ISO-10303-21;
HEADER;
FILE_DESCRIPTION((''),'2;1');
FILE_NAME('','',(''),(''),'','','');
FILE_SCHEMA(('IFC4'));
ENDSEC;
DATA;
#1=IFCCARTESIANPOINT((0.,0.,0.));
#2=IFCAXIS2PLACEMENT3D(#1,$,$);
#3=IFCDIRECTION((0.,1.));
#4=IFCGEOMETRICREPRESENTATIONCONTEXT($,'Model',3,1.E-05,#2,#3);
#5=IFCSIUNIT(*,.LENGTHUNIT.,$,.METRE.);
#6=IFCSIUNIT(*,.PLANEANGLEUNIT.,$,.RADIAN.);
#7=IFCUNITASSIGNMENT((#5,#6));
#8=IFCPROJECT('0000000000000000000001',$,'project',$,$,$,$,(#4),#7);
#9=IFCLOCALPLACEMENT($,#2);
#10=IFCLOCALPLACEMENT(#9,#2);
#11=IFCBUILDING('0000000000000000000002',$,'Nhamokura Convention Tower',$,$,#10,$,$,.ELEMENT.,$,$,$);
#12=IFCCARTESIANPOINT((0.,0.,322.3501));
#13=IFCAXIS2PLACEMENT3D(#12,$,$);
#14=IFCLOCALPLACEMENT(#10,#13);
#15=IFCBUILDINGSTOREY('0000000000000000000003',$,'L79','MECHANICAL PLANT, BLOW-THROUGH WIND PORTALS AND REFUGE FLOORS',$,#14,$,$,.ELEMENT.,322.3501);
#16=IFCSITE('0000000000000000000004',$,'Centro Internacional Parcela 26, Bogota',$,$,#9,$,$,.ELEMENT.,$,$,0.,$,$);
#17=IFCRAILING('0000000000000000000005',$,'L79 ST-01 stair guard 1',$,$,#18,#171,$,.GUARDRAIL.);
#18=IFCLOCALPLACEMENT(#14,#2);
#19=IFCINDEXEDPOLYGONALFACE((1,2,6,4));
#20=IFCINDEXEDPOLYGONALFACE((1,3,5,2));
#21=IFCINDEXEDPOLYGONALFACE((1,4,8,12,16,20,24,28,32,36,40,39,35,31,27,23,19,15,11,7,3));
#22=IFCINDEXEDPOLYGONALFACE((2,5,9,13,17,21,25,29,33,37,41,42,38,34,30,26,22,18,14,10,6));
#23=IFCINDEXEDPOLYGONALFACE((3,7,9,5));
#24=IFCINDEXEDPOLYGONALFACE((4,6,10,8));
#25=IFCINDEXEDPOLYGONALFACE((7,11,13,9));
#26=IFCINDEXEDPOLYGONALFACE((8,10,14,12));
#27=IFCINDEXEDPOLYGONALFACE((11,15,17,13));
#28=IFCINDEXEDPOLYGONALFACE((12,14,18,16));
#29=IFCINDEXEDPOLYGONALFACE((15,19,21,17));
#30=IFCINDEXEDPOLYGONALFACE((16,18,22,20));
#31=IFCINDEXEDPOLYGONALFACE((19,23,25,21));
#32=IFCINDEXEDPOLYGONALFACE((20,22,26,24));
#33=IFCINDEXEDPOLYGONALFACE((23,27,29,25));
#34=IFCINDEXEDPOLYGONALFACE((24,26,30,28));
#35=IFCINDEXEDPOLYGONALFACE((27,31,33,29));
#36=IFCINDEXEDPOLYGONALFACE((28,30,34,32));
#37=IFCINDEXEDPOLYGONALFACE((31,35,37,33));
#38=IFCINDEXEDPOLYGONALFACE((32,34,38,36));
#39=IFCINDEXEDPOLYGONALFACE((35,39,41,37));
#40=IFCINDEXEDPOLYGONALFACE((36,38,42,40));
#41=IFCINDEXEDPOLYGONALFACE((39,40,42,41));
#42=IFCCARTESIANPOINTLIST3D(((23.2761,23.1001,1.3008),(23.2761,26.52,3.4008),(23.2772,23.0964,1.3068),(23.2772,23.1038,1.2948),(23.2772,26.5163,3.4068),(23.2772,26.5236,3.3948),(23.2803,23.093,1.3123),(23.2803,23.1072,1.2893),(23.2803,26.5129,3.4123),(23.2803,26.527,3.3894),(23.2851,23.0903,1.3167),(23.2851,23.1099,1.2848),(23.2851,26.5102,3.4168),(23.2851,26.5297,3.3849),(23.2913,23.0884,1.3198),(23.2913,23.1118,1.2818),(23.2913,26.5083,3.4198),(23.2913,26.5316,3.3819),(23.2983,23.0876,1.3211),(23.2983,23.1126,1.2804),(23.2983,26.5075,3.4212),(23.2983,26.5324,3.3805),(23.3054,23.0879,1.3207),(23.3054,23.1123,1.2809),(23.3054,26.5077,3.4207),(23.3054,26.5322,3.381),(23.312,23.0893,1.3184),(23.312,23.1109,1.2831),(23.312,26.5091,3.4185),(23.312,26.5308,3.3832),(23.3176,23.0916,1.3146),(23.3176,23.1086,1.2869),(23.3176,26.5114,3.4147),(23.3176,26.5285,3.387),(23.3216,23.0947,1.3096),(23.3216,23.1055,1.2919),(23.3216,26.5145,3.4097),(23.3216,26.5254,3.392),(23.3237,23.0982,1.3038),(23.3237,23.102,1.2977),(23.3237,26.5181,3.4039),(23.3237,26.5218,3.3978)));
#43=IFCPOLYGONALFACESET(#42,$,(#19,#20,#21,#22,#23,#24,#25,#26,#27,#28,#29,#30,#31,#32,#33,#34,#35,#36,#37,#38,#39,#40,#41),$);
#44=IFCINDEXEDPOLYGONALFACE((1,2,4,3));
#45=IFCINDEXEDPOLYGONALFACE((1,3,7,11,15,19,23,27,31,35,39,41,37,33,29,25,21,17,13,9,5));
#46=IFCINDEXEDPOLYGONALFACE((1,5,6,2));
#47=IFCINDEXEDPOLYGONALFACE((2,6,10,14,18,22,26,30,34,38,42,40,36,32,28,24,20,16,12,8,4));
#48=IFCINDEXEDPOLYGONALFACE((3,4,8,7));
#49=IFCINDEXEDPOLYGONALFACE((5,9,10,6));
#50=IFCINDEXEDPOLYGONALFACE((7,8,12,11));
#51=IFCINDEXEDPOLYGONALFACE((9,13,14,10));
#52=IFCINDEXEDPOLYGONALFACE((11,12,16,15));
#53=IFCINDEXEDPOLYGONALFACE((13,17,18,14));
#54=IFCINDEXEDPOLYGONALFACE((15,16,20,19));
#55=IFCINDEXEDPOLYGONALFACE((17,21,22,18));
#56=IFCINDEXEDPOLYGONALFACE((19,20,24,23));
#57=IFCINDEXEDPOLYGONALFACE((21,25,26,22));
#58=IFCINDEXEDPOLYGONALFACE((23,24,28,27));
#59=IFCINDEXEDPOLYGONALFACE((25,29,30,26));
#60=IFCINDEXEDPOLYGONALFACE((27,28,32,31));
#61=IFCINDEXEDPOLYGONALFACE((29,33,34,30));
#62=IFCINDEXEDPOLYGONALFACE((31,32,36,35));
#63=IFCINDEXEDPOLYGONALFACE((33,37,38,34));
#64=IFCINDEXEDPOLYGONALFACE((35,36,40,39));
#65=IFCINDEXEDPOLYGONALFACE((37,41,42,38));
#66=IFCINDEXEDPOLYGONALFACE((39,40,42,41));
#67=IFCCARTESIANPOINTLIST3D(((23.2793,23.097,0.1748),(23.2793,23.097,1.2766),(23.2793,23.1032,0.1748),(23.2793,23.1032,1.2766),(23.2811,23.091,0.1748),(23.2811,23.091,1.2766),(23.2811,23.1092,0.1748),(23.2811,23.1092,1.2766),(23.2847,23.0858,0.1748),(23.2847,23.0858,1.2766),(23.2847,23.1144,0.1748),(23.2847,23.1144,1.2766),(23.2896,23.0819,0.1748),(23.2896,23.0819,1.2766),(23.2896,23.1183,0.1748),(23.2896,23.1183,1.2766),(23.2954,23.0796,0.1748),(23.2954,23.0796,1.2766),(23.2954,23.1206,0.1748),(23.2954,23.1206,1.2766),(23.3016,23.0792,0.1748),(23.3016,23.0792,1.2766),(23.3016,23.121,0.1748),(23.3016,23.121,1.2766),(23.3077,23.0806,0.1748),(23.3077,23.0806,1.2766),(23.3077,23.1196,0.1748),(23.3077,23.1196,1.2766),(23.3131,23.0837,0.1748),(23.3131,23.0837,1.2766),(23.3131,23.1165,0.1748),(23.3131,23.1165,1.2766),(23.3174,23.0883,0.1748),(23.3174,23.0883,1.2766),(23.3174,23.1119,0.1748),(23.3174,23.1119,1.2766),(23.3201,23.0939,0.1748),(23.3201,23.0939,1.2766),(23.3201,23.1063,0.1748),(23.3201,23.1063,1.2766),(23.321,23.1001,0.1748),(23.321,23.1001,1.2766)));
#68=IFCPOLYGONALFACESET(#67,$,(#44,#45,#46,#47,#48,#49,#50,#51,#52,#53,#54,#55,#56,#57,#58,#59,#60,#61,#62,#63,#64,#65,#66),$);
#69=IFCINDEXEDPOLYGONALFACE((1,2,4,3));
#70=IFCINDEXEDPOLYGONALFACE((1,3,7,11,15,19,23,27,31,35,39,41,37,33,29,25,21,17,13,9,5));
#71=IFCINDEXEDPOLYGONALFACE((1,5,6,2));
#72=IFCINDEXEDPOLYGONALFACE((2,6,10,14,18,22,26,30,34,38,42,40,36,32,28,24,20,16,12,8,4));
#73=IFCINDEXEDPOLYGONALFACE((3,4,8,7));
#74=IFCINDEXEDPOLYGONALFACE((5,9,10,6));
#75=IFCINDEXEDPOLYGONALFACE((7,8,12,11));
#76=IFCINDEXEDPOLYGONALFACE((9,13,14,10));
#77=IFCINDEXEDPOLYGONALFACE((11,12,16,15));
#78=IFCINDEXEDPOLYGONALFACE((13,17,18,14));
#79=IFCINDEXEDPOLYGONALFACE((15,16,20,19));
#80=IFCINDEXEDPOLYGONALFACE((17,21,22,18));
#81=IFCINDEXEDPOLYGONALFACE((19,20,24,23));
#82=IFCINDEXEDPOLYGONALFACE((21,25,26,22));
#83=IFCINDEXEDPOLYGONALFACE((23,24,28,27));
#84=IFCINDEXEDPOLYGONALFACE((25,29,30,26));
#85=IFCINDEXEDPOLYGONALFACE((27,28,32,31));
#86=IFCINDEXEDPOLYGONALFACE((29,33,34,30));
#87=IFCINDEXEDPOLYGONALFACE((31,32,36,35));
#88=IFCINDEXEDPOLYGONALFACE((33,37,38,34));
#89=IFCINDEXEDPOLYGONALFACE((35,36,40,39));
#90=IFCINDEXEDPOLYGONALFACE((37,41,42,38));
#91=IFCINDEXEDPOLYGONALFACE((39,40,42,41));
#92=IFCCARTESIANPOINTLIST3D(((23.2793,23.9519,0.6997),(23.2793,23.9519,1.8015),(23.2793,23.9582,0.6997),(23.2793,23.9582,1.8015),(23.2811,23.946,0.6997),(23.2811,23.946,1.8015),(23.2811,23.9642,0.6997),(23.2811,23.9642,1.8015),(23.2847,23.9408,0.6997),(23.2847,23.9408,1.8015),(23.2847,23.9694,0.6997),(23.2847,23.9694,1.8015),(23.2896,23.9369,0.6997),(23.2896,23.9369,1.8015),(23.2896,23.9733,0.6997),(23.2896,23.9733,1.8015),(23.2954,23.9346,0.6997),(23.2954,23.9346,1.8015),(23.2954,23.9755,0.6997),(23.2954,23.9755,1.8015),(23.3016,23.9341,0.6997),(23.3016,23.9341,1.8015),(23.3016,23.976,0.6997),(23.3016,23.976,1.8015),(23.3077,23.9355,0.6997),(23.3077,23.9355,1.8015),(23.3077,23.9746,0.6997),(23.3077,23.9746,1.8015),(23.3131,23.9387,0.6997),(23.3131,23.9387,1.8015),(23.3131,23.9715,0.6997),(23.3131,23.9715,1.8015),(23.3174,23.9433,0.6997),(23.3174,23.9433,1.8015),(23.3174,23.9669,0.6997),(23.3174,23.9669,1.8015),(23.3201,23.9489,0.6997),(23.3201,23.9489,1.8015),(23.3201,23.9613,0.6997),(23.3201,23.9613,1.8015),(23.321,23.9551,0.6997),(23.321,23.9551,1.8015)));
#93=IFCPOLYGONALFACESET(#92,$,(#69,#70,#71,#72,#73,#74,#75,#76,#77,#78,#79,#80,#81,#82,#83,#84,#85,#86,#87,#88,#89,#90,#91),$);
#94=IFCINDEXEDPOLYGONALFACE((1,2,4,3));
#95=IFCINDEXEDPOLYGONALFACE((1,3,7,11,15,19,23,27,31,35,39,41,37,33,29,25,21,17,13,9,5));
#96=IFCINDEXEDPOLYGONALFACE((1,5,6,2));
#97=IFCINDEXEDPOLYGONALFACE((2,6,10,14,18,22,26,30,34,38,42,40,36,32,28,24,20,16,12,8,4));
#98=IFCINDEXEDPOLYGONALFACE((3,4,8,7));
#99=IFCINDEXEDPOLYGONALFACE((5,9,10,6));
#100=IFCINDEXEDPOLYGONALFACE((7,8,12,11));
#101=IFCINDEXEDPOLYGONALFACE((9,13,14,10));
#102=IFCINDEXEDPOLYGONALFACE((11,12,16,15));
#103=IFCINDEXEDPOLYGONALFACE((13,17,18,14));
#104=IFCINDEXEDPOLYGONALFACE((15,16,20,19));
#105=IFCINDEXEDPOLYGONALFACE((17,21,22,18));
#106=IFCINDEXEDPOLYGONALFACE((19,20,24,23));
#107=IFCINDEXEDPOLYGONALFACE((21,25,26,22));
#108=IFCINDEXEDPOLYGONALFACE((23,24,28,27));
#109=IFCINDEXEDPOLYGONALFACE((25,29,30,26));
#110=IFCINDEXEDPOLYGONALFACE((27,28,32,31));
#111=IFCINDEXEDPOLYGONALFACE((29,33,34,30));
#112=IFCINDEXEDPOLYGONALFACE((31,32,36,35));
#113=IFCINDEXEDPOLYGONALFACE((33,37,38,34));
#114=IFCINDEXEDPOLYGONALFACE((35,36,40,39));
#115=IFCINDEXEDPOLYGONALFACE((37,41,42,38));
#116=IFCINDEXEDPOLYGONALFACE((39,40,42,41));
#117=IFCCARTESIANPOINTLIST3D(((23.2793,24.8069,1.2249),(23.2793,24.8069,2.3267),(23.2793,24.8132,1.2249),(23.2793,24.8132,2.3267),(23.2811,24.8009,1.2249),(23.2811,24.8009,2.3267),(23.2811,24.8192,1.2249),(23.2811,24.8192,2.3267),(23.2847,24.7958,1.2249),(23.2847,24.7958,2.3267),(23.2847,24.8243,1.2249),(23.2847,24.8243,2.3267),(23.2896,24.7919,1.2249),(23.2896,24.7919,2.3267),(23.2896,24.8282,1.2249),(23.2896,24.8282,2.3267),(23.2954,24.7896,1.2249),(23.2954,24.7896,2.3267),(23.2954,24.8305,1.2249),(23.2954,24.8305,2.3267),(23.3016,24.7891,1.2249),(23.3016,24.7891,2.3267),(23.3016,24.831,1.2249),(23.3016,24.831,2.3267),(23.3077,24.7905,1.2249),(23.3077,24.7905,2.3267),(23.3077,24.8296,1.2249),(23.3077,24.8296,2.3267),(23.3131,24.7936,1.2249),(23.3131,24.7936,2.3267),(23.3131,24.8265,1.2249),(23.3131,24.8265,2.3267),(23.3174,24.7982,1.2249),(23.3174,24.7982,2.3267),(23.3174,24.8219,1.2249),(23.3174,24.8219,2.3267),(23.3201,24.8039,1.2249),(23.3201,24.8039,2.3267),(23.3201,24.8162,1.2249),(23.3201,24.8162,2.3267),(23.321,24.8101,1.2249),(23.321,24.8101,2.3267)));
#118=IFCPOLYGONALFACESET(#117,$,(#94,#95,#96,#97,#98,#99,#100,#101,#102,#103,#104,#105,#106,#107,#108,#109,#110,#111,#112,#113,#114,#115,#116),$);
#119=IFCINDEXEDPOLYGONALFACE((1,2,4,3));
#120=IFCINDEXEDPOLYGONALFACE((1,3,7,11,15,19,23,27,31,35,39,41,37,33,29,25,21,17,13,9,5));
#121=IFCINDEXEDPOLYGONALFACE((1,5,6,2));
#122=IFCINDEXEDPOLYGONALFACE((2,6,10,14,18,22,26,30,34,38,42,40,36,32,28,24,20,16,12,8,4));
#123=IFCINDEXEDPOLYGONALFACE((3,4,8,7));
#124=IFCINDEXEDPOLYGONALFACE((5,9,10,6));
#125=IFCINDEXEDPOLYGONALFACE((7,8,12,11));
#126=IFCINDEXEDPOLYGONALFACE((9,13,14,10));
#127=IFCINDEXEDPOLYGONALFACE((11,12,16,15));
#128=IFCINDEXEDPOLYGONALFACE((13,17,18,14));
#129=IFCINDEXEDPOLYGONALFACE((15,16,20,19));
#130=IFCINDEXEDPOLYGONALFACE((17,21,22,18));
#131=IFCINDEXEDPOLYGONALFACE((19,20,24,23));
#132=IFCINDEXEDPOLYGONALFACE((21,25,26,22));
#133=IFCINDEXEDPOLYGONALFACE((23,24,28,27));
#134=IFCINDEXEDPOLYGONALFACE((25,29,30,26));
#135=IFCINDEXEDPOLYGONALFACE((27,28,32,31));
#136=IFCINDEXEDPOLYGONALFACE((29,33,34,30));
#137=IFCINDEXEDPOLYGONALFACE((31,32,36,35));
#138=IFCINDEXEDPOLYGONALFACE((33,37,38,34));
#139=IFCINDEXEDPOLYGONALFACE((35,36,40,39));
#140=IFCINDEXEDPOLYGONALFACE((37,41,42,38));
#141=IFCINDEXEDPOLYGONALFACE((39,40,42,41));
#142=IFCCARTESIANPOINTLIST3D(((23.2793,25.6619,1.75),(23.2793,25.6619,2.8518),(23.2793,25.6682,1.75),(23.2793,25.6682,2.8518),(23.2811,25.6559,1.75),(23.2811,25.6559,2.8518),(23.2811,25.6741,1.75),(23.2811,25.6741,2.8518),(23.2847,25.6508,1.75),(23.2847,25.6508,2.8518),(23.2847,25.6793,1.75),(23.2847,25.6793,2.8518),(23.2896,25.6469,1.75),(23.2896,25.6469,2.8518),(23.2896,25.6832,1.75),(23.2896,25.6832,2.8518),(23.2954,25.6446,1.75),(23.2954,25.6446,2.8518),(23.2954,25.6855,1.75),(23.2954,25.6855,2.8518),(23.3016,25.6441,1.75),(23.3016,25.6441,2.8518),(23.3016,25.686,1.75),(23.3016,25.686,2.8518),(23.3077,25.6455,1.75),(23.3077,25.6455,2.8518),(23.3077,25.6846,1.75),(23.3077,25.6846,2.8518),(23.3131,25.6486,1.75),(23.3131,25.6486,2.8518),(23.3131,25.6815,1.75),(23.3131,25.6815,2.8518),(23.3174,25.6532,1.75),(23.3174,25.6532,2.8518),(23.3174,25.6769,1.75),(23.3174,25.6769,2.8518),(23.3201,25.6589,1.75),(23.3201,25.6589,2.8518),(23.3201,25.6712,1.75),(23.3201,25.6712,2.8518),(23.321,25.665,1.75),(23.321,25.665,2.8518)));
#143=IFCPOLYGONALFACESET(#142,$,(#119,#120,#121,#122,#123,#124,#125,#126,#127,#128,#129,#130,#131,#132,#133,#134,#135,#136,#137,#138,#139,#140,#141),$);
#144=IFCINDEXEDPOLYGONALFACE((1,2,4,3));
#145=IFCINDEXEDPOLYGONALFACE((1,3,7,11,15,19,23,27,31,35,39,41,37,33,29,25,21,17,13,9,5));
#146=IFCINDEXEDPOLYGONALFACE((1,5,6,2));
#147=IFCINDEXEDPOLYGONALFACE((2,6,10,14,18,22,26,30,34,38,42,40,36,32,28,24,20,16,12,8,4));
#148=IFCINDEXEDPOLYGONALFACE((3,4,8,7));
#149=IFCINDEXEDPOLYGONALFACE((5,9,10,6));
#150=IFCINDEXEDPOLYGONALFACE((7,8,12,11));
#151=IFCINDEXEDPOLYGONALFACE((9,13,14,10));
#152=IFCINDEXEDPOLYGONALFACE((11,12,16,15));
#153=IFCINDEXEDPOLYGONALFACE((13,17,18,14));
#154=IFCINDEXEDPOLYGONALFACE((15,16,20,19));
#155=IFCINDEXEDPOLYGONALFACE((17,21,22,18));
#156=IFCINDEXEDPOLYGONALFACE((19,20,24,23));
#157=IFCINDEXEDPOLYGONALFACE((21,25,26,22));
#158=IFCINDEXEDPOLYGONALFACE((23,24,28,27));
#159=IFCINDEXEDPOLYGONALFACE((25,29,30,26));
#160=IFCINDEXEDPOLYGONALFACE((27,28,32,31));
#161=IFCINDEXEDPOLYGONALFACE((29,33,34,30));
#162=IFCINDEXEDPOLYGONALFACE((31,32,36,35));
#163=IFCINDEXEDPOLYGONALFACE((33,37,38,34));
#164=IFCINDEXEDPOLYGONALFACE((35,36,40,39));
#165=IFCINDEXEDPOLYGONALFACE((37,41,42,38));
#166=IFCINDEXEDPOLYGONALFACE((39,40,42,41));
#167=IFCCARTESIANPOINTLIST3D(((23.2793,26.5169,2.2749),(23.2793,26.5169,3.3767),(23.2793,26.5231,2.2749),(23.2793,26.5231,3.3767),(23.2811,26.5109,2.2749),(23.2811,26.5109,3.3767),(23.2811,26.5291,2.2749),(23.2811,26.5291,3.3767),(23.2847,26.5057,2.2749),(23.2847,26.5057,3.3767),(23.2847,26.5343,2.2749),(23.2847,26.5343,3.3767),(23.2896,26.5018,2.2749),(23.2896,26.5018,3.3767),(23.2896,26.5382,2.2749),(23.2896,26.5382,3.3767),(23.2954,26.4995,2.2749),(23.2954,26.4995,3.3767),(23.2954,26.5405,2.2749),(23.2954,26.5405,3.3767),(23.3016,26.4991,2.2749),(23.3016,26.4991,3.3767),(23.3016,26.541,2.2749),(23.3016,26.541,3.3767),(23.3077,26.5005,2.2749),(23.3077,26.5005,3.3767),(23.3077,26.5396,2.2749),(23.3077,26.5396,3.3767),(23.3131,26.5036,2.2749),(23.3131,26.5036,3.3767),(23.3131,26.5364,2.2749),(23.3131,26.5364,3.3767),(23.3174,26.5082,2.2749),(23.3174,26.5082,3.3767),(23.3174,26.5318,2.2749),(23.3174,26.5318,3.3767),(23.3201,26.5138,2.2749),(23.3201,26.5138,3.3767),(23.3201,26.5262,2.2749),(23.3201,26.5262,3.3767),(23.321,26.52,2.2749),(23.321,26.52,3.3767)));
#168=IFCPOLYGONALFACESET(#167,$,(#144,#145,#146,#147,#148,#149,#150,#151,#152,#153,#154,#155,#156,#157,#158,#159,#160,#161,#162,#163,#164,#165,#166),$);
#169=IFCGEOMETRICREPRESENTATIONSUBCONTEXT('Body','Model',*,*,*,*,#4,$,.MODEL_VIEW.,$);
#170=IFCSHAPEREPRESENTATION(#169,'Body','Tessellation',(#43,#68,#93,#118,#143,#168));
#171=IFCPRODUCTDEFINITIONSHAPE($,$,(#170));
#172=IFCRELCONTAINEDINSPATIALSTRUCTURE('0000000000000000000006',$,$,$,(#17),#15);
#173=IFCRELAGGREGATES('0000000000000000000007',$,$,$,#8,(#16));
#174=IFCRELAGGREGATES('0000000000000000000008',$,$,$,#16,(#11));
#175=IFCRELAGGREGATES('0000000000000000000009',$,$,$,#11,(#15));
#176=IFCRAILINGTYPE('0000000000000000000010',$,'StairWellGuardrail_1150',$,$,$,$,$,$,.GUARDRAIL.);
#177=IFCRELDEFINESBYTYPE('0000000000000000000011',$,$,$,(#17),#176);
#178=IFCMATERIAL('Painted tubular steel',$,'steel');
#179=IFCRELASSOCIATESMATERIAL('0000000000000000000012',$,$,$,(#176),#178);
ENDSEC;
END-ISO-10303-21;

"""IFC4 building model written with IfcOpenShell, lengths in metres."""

from ifc_helpers import new_model, si_unit, direction, frame, origin, origin_2d, place, context, subcontext, project, spatial, circle, extrude, material, type_object, element, save


model = new_model("IFC4")

# Units and contexts
model_context = context("Model", 3, precision=1e-05, world=origin(), true_north=direction((0.0, 1.0)))
body_context = subcontext(model_context, "Body", "Model", "MODEL_VIEW")
ifc_project = project(units=[si_unit("LENGTHUNIT", "METRE"), si_unit("PLANEANGLEUNIT", "RADIAN")], contexts=[model_context])

# Site, building, storey
site_placement = place(None, origin())
site = spatial("IfcSite", under=ifc_project, at=site_placement, Name="Centro Internacional Parcela 26, Bogota", CompositionType="ELEMENT", RefElevation=0.0)
building_placement = place(site_placement, origin())
building = spatial("IfcBuilding", under=site, at=building_placement, Name="Nhamokura Convention Tower", CompositionType="ELEMENT")
storey_placement = place(building_placement, frame((0.0, 0.0, 322.3501)))
storey = spatial("IfcBuildingStorey", under=building, at=storey_placement, Name="L79", Description="MECHANICAL PLANT, BLOW-THROUGH WIND PORTALS AND REFUGE FLOORS", CompositionType="ELEMENT", Elevation=322.3501)

# Railing
ifc_material_1 = material(Name="Painted tubular steel", Category="steel")
railing_type_1 = type_object("IfcRailingType", Name="StairWellGuardrail_1150", PredefinedType="GUARDRAIL", material=ifc_material_1)
railing_1_placement = place(storey_placement, frame((23.3, 23.1001, 0.1748)))
element("IfcRailing", 1, at=railing_1_placement, inside=storey, type_object=railing_type_1, Name="L79 ST-01 stair guard 1", PredefinedType="GUARDRAIL", context=body_context, shape_type="SweptSolid", body=[
    extrude(circle(Radius=0.0239, at=origin_2d()), frame((0.0, 0.0, 1.126), z_axis=(0.0, 0.852155, 0.523289), x_axis=(-1.0, 0.0, 0.0)), (0.0, 0.0, 1.0), 4.0132),
    extrude(circle(Radius=0.021, at=origin_2d()), origin(), (0.0, 0.0, 1.0), 1.1018),
    extrude(circle(Radius=0.021, at=origin_2d()), frame((0.0, 0.855, 0.5249)), (0.0, 0.0, 1.0), 1.1018),
    extrude(circle(Radius=0.021, at=origin_2d()), frame((0.0, 1.71, 1.05)), (0.0, 0.0, 1.0), 1.1018),
    extrude(circle(Radius=0.021, at=origin_2d()), frame((0.0, 2.5649, 1.5752)), (0.0, 0.0, 1.0), 1.1018),
    extrude(circle(Radius=0.021, at=origin_2d()), frame((0.0, 3.4199, 2.1001)), (0.0, 0.0, 1.0), 1.1018),
])

save(model, "model.ifc")
